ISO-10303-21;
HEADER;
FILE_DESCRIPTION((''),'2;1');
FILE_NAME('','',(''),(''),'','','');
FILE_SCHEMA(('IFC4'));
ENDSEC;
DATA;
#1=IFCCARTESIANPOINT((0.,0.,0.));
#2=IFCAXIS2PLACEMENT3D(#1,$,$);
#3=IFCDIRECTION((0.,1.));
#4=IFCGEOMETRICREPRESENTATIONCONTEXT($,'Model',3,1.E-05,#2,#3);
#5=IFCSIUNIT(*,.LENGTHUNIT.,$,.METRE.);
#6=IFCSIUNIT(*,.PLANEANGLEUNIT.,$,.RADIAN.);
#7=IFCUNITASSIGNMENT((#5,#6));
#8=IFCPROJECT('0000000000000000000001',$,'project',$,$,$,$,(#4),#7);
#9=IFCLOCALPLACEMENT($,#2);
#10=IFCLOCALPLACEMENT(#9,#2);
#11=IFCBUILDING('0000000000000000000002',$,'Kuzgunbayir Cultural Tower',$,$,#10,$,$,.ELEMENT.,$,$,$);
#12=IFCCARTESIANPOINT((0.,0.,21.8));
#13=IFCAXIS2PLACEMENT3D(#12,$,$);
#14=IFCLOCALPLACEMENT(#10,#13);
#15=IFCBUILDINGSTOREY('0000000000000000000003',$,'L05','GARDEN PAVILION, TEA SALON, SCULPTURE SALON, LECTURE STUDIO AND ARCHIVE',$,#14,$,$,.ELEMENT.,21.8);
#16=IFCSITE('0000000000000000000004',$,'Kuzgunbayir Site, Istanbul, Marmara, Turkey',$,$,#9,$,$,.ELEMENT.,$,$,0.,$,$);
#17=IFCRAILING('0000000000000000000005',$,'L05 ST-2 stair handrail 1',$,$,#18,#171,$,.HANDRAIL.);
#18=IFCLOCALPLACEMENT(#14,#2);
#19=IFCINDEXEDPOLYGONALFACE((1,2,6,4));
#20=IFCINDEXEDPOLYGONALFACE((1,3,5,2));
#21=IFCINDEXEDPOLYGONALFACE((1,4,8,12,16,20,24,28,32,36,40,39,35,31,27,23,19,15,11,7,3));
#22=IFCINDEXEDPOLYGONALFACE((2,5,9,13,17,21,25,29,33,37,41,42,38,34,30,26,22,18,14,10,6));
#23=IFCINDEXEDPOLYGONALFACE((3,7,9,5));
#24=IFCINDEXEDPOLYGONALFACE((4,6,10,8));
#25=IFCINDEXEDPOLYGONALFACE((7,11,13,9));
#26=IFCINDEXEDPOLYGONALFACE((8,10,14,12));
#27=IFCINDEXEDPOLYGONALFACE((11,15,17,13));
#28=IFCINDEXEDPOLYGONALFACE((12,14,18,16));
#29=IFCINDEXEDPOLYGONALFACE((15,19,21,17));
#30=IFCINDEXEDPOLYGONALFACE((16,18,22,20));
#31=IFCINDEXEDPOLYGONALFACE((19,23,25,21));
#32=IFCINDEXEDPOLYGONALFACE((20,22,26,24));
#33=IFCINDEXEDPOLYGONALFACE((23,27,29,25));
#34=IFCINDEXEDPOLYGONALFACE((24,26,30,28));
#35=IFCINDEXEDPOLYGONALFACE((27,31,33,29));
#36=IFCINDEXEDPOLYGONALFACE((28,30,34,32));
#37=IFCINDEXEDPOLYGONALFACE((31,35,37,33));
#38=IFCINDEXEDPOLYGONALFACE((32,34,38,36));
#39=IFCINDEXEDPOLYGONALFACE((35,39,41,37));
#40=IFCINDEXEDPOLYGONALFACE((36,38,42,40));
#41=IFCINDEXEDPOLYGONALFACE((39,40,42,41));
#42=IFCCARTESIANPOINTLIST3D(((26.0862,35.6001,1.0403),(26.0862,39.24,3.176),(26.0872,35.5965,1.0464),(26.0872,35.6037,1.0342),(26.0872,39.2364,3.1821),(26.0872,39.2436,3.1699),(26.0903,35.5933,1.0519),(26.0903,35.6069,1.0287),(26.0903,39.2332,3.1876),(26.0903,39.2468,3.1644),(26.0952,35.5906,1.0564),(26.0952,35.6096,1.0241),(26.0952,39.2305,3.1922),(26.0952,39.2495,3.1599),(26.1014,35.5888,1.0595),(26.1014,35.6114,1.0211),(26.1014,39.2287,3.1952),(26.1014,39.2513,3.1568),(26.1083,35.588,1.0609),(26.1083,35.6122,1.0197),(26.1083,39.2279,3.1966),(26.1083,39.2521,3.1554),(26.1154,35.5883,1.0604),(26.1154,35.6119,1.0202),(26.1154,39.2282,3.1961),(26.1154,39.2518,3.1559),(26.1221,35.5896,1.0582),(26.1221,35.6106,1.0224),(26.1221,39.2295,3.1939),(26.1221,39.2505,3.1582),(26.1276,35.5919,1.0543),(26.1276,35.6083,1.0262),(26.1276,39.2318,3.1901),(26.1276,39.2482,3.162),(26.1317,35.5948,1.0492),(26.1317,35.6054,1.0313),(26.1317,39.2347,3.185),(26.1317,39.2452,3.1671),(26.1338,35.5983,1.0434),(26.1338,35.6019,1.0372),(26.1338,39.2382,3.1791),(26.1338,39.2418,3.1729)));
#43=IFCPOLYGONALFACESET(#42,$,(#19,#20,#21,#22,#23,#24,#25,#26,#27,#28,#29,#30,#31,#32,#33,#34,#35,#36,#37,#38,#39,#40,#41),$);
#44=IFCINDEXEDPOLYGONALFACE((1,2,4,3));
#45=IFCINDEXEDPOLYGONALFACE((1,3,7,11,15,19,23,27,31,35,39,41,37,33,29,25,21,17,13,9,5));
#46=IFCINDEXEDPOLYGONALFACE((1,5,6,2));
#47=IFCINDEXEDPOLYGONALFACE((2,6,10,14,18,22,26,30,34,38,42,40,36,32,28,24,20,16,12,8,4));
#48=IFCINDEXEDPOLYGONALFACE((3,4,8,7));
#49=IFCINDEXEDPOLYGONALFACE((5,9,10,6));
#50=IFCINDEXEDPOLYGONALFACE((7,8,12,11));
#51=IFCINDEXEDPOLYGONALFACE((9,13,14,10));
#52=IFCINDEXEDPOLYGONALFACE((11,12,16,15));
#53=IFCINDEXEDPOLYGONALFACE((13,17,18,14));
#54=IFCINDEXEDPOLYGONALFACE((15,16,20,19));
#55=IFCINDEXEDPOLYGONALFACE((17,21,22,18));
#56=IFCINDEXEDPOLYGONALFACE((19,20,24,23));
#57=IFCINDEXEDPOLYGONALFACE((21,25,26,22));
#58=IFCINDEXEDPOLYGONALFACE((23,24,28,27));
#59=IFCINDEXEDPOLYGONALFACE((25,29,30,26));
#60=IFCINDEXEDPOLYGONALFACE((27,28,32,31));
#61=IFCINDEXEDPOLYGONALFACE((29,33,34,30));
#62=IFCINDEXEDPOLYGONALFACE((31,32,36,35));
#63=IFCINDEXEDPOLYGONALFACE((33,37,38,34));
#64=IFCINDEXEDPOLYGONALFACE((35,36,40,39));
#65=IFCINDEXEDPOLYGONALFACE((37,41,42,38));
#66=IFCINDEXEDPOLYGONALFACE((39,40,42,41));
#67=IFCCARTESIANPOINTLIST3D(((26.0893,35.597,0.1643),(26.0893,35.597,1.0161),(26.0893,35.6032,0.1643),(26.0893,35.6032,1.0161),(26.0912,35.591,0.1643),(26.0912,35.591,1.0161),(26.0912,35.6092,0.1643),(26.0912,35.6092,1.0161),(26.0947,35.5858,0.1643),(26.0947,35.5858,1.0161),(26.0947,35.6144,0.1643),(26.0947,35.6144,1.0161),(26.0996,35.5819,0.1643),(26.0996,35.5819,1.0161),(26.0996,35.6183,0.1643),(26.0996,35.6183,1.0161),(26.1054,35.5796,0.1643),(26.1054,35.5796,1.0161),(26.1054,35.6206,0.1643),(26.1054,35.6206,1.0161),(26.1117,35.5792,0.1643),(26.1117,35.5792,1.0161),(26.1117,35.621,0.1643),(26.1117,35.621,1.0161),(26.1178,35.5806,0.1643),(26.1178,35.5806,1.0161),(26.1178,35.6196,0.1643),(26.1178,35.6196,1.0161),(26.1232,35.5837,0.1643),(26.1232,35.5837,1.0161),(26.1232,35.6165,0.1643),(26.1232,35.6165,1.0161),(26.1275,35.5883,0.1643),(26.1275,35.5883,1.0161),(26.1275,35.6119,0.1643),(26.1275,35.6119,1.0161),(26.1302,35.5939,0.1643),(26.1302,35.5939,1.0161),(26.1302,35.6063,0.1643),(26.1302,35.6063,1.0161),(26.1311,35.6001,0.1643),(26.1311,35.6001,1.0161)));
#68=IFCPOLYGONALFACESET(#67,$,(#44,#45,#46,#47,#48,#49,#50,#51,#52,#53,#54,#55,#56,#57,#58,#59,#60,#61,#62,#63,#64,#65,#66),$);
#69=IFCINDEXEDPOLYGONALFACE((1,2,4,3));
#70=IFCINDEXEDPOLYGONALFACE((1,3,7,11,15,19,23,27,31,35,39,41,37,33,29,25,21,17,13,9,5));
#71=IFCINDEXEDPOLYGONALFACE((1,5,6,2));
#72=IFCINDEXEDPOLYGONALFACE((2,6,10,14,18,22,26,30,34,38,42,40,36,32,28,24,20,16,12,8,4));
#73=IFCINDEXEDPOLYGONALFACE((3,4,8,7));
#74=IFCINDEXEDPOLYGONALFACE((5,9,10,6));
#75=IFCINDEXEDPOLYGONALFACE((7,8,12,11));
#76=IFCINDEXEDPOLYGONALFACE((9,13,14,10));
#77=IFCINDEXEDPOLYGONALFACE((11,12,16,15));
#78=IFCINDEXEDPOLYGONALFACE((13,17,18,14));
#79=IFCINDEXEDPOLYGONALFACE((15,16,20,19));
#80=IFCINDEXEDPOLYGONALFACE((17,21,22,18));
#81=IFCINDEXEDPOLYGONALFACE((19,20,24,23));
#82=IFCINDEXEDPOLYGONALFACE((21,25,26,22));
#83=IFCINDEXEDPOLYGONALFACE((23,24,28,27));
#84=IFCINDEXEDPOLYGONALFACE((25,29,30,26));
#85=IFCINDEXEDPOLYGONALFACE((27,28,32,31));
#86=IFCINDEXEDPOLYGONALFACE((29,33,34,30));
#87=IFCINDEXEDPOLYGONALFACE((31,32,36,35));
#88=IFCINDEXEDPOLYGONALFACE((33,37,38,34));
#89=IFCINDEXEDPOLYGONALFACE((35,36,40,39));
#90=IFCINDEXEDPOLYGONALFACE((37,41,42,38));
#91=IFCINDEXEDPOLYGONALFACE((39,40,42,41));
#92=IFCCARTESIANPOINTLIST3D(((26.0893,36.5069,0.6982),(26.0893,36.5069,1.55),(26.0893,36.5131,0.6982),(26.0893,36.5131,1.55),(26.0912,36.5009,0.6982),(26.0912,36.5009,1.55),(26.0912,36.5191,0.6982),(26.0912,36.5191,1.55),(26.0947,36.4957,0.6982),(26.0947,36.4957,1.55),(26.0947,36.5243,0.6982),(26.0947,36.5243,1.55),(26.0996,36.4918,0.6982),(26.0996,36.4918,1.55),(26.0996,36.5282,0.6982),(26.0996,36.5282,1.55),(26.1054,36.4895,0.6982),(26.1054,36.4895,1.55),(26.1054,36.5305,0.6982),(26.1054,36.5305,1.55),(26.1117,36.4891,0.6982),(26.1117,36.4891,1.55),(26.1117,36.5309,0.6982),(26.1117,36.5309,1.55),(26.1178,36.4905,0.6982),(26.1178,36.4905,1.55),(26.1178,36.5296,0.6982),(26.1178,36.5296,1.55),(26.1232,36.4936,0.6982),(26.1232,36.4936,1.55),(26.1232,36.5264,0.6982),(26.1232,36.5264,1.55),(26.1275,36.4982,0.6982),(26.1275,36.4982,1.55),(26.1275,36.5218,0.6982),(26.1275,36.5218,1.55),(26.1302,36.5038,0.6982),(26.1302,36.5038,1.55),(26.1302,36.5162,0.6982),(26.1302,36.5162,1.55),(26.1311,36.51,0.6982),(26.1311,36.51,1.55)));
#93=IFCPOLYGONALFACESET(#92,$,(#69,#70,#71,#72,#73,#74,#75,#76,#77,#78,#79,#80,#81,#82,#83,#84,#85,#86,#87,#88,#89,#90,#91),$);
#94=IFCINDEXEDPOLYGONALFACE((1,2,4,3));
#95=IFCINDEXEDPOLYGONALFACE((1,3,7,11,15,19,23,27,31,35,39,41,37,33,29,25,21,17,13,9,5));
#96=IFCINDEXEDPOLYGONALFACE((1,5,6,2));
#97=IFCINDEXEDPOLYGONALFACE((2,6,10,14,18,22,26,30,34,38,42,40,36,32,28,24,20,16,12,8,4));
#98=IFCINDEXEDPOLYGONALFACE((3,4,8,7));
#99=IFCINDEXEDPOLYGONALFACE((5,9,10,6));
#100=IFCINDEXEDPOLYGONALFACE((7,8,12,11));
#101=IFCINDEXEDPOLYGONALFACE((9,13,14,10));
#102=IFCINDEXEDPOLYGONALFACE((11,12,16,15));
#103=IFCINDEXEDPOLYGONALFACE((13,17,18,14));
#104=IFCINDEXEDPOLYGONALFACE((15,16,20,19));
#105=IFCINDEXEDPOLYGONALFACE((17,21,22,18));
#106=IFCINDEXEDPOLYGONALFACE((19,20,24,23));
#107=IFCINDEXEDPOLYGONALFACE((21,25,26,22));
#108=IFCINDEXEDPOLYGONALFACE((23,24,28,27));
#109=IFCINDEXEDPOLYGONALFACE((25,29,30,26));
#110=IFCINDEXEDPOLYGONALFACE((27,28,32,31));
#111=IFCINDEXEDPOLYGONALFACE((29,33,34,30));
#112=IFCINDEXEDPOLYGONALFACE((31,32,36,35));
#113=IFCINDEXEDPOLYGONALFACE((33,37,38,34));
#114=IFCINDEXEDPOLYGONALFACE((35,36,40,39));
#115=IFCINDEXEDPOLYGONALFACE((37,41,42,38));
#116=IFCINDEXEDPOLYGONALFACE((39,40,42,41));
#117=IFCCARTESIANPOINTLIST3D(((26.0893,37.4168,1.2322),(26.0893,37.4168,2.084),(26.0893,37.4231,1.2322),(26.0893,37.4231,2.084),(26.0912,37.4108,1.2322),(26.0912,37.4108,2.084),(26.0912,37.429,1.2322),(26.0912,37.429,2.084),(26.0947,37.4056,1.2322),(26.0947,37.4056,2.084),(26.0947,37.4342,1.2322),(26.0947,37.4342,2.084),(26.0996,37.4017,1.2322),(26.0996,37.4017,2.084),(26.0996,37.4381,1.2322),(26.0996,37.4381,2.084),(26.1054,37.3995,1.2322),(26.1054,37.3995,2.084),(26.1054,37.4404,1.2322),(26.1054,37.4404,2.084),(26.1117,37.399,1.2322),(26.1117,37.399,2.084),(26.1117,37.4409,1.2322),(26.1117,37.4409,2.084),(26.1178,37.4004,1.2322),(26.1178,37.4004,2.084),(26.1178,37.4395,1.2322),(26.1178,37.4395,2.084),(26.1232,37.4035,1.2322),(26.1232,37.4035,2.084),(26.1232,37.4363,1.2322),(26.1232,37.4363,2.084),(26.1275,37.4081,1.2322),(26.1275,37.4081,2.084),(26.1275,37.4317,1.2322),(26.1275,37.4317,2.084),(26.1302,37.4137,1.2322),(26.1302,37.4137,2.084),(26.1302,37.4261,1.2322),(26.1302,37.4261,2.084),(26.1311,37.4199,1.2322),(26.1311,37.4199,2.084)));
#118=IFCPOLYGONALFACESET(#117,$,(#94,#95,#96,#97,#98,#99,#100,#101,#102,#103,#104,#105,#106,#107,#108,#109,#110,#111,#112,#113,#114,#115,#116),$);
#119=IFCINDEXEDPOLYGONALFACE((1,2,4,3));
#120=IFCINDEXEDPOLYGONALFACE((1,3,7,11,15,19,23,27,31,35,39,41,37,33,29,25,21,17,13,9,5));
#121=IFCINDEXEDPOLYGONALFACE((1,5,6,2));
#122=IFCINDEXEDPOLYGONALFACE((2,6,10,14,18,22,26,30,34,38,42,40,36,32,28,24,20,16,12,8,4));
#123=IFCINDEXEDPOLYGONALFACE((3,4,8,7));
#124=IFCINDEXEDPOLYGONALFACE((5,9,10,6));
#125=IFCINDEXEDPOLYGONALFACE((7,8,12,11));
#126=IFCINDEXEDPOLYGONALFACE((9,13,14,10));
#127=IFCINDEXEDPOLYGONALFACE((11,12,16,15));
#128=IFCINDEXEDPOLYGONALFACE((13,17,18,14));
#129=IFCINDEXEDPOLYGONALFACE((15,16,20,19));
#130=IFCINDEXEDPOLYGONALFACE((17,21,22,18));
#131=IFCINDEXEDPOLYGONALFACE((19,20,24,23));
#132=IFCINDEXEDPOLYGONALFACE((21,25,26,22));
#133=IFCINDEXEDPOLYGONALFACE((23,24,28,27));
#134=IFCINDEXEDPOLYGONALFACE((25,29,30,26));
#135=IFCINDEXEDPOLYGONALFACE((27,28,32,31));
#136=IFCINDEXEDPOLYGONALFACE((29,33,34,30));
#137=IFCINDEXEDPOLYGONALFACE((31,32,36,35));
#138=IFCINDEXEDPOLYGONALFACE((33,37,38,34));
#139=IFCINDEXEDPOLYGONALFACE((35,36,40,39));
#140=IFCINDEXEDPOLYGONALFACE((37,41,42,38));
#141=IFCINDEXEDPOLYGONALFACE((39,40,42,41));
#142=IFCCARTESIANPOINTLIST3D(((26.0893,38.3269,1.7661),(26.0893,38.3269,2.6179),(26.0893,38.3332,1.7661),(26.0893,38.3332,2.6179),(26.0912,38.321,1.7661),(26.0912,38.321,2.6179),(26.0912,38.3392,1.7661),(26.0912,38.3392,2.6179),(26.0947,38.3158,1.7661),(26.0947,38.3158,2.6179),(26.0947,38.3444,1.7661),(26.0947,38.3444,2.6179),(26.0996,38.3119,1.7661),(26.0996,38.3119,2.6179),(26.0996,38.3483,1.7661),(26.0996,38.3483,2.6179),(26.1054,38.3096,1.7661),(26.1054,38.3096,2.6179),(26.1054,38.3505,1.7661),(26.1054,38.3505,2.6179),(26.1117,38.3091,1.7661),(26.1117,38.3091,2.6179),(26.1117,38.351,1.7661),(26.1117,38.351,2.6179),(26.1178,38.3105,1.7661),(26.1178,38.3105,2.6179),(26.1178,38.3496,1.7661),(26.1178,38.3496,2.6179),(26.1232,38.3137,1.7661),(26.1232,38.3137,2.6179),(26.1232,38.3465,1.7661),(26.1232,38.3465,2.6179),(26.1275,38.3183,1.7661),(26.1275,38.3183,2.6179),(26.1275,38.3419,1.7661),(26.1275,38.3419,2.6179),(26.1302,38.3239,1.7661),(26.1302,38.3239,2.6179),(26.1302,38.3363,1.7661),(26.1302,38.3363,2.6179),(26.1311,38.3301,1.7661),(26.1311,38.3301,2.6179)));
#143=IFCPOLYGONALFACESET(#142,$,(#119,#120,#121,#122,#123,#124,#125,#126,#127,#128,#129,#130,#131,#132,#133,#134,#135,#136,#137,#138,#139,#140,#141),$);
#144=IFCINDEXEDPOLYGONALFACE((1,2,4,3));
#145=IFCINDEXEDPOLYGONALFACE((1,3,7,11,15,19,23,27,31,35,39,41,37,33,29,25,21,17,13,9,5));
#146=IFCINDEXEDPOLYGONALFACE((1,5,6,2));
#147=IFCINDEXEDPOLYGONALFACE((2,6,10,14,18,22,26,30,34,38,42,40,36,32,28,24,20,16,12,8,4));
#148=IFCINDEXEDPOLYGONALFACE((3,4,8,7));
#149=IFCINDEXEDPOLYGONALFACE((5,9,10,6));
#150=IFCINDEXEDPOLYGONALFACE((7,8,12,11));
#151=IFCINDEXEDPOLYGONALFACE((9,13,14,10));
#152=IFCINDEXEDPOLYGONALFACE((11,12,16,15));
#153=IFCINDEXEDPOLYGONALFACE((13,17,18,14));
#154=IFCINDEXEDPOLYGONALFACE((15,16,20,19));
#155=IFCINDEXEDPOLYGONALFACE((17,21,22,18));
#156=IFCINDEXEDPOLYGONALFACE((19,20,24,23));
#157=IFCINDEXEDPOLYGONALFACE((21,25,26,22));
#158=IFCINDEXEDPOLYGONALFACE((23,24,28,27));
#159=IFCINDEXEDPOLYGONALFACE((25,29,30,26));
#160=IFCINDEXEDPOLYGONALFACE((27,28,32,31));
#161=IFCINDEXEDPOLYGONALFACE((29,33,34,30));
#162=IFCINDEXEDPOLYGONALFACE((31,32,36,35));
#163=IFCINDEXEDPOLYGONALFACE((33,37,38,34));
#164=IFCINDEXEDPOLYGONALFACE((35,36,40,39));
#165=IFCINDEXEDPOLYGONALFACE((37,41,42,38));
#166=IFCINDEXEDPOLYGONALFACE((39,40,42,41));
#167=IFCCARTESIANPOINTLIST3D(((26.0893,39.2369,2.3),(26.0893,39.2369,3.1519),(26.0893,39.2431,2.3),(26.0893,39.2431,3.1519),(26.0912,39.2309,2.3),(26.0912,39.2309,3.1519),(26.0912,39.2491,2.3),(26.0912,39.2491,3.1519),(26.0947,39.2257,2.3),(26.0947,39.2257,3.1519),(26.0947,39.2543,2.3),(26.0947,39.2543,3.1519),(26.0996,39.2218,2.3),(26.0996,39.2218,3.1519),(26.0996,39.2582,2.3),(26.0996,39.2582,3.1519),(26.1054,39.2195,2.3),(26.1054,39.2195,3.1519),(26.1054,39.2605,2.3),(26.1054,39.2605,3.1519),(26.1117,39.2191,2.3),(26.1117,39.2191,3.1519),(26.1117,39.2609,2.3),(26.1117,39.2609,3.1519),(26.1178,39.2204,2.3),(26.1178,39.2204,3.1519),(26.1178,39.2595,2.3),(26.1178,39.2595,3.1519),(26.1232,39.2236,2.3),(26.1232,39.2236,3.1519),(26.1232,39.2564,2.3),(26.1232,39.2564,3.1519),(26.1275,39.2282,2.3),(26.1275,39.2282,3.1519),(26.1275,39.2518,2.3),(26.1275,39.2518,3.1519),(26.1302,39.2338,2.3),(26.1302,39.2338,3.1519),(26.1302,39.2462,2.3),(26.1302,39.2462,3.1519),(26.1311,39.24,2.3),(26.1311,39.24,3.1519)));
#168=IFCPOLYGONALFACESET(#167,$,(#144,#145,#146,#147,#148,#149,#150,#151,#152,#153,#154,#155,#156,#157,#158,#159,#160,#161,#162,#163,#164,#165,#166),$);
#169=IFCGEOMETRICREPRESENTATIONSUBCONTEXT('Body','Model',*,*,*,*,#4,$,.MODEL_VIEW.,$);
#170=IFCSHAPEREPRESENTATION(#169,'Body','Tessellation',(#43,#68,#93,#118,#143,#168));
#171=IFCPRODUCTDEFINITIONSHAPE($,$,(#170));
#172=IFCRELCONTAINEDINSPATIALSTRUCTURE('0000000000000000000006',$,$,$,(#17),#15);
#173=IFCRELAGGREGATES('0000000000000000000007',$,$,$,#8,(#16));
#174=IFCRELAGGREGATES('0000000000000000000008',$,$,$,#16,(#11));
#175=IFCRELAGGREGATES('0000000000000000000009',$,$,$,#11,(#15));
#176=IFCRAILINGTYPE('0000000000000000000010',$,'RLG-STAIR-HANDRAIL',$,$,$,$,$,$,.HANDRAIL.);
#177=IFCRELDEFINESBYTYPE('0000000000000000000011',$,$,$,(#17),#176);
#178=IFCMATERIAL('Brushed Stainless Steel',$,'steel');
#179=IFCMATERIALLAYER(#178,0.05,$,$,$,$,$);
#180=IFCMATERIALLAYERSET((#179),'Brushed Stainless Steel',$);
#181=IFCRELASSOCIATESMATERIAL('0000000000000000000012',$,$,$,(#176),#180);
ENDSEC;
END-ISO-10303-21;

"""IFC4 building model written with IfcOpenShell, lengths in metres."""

from ifc_helpers import new_model, si_unit, direction, frame, origin, origin_2d, place, context, subcontext, project, spatial, circle, extrude, material, layer, layer_set, type_object, element, save


model = new_model("IFC4")

# Units and contexts
model_context = context("Model", 3, precision=1e-05, world=origin(), true_north=direction((0.0, 1.0)))
body_context = subcontext(model_context, "Body", "Model", "MODEL_VIEW")
ifc_project = project(units=[si_unit("LENGTHUNIT", "METRE"), si_unit("PLANEANGLEUNIT", "RADIAN")], contexts=[model_context])

# Site, building, storey
site_placement = place(None, origin())
site = spatial("IfcSite", under=ifc_project, at=site_placement, Name="Kuzgunbayir Site, Istanbul, Marmara, Turkey", CompositionType="ELEMENT", RefElevation=0.0)
building_placement = place(site_placement, origin())
building = spatial("IfcBuilding", under=site, at=building_placement, Name="Kuzgunbayir Cultural Tower", CompositionType="ELEMENT")
storey_placement = place(building_placement, frame((0.0, 0.0, 21.8)))
storey = spatial("IfcBuildingStorey", under=building, at=storey_placement, Name="L05", Description="GARDEN PAVILION, TEA SALON, SCULPTURE SALON, LECTURE STUDIO AND ARCHIVE", CompositionType="ELEMENT", Elevation=21.8)

# Shared definitions
ifc_material_1 = material(Name="Brushed Stainless Steel", Category="steel")

# Railing
ifc_layer_1 = layer(ifc_material_1, 0.05)
ifc_layer_set_1 = layer_set([ifc_layer_1], Name="Brushed Stainless Steel")
railing_type_1 = type_object("IfcRailingType", Name="RLG-STAIR-HANDRAIL", PredefinedType="HANDRAIL", material=ifc_layer_set_1)
railing_1_placement = place(storey_placement, frame((26.1101, 35.6001, 0.1643)))
element("IfcRailing", 1, at=railing_1_placement, inside=storey, type_object=railing_type_1, Name="L05 ST-2 stair handrail 1", PredefinedType="HANDRAIL", context=body_context, shape_type="SweptSolid", body=[
    extrude(circle(Radius=0.0239, at=origin_2d()), frame((0.0, 0.0, 0.876), z_axis=(0.0, 0.86249, 0.506074), x_axis=(-1.0, 0.0, 0.0)), (0.0, 0.0, 1.0), 4.2202),
    extrude(circle(Radius=0.021, at=origin_2d()), origin(), (0.0, 0.0, 1.0), 0.8518),
    extrude(circle(Radius=0.021, at=origin_2d()), frame((0.0, 0.9099, 0.5339)), (0.0, 0.0, 1.0), 0.8518),
    extrude(circle(Radius=0.021, at=origin_2d()), frame((0.0, 1.8198, 1.0679)), (0.0, 0.0, 1.0), 0.8518),
    extrude(circle(Radius=0.021, at=origin_2d()), frame((0.0, 2.73, 1.6018)), (0.0, 0.0, 1.0), 0.8518),
    extrude(circle(Radius=0.021, at=origin_2d()), frame((0.0, 3.6399, 2.1357)), (0.0, 0.0, 1.0), 0.8518),
])

save(model, "model.ifc")
